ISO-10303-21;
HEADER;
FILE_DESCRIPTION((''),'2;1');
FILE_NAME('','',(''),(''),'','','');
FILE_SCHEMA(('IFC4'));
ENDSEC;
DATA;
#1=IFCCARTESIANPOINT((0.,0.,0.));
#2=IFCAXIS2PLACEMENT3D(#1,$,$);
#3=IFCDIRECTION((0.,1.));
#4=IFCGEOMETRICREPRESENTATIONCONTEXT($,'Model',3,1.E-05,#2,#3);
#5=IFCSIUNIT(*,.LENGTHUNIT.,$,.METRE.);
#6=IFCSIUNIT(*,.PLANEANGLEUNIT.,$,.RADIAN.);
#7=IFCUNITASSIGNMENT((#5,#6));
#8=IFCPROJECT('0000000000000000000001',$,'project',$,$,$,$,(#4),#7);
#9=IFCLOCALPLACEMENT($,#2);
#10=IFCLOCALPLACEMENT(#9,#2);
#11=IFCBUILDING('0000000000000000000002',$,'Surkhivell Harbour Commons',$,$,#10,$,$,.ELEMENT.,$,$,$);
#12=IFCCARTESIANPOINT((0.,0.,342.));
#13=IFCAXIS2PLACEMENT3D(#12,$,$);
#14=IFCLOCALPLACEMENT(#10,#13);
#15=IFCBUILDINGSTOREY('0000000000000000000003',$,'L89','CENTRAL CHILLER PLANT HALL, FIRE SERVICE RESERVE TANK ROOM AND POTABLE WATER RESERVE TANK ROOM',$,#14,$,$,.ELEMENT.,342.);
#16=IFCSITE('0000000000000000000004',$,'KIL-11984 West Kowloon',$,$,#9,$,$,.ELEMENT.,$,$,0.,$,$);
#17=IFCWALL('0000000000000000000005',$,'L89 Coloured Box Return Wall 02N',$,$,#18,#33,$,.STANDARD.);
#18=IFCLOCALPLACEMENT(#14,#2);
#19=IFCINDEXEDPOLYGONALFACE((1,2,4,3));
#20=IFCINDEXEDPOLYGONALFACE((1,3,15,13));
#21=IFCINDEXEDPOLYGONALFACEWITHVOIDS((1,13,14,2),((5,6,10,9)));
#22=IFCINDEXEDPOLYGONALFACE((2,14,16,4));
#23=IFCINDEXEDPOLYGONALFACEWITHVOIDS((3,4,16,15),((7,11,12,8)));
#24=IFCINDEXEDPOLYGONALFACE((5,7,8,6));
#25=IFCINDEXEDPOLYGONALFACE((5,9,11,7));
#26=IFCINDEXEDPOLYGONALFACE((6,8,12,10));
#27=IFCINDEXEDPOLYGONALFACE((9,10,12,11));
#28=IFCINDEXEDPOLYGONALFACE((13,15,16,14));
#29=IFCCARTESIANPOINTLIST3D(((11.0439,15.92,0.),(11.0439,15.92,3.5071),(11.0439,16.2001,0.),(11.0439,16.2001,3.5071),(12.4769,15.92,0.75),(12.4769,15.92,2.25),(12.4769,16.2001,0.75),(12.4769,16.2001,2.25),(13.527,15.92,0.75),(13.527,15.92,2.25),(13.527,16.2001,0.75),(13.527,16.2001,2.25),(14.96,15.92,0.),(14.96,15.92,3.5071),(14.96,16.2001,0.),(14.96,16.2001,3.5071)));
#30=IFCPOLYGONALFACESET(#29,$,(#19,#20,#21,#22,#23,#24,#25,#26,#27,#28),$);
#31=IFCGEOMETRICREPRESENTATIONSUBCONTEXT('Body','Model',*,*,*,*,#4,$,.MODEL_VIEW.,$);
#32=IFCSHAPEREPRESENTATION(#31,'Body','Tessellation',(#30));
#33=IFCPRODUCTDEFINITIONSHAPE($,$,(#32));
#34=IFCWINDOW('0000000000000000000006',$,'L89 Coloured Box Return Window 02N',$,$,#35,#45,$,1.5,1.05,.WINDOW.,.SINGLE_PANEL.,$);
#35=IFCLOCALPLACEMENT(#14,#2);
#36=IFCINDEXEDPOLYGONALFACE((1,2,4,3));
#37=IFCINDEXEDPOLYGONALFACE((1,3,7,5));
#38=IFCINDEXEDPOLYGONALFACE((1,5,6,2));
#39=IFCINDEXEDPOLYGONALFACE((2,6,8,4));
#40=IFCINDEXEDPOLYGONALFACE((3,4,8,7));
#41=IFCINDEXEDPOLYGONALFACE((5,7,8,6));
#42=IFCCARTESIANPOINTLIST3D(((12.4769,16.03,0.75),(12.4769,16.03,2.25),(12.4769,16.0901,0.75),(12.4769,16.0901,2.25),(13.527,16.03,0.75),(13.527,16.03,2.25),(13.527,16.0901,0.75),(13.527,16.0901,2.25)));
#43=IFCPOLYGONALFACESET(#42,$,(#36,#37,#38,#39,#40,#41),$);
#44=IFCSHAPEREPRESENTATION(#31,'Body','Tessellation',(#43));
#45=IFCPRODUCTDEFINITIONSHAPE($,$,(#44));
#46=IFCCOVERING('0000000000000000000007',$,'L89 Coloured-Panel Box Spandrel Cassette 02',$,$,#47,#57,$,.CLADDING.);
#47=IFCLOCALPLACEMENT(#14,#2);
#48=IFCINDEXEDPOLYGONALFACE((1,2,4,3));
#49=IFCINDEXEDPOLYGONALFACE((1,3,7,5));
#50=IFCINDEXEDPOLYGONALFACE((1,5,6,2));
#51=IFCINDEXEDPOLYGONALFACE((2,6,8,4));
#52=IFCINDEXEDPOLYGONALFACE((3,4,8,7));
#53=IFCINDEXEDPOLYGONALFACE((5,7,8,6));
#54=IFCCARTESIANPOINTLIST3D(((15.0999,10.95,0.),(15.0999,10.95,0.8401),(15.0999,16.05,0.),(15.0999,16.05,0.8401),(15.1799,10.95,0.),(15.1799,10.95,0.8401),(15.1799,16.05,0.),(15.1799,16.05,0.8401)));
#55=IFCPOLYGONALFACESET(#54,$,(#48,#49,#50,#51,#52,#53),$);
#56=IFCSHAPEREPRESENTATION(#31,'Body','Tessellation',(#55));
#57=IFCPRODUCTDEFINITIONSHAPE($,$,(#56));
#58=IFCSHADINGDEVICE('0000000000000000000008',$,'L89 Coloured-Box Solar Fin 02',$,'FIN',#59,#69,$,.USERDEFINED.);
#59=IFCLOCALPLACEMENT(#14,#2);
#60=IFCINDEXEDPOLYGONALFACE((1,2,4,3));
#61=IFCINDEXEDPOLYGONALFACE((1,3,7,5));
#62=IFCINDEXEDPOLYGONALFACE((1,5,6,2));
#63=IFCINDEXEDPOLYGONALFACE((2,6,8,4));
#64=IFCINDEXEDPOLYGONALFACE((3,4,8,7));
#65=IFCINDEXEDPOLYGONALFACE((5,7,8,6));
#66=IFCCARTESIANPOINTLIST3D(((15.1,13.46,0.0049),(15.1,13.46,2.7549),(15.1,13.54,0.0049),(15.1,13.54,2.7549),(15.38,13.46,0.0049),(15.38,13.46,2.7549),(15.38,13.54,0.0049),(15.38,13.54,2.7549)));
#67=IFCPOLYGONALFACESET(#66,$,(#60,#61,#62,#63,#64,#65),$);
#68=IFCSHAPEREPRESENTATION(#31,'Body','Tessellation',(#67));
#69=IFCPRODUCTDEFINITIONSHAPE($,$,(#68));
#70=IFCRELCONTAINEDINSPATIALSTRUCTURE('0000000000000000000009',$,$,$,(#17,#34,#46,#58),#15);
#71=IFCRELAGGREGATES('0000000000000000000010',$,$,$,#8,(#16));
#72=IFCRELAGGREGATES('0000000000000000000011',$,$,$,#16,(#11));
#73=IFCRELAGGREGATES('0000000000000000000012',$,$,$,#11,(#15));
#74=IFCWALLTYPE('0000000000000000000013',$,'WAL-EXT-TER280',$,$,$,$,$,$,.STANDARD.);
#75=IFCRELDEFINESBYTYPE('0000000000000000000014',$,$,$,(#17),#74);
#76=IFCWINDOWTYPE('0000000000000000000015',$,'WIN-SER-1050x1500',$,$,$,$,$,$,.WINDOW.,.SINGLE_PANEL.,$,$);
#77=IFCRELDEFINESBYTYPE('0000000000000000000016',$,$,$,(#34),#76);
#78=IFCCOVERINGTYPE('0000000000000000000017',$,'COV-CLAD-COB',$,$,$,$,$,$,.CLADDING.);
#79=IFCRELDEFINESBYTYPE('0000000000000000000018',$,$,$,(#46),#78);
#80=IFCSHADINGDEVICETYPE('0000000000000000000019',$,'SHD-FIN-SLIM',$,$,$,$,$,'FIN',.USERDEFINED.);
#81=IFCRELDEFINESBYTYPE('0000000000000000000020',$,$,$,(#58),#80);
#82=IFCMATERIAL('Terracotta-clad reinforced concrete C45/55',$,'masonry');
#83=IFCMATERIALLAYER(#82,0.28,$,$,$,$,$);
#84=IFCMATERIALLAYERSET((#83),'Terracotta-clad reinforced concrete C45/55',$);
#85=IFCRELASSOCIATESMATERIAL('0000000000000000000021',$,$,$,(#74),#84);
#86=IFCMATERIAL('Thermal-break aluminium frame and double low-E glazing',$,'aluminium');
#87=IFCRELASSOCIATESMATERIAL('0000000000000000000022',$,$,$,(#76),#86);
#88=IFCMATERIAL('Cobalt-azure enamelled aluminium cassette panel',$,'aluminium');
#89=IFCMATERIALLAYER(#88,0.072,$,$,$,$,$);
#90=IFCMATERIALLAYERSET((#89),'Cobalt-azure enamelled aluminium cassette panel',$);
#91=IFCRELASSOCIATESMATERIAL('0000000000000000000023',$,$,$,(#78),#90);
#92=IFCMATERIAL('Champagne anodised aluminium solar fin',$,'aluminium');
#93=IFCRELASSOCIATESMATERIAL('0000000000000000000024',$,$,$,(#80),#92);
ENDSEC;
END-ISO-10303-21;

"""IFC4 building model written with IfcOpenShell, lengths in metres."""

from ifc_helpers import new_model, si_unit, direction, frame, frame_2d, origin, origin_2d, place, context, subcontext, project, spatial, rectangle, extrude, material, layer, layer_set, type_object, element, fill, save


model = new_model("IFC4")

# Units and contexts
model_context = context("Model", 3, precision=1e-05, world=origin(), true_north=direction((0.0, 1.0)))
body_context = subcontext(model_context, "Body", "Model", "MODEL_VIEW")
ifc_project = project(units=[si_unit("LENGTHUNIT", "METRE"), si_unit("PLANEANGLEUNIT", "RADIAN")], contexts=[model_context])

# Site, building, storey
site_placement = place(None, origin())
site = spatial("IfcSite", under=ifc_project, at=site_placement, Name="KIL-11984 West Kowloon", CompositionType="ELEMENT", RefElevation=0.0)
building_placement = place(site_placement, origin())
building = spatial("IfcBuilding", under=site, at=building_placement, Name="Surkhivell Harbour Commons", CompositionType="ELEMENT")
storey_placement = place(building_placement, frame((0.0, 0.0, 342.0)))
storey = spatial("IfcBuildingStorey", under=building, at=storey_placement, Name="L89", Description="CENTRAL CHILLER PLANT HALL, FIRE SERVICE RESERVE TANK ROOM AND POTABLE WATER RESERVE TANK ROOM", CompositionType="ELEMENT", Elevation=342.0)

# Wall, opening, window
ifc_material_1 = material(Name="Terracotta-clad reinforced concrete C45/55", Category="masonry")
ifc_layer_1 = layer(ifc_material_1, 0.28)
ifc_layer_set_1 = layer_set([ifc_layer_1], Name="Terracotta-clad reinforced concrete C45/55")
wall_type = type_object("IfcWallType", Name="WAL-EXT-TER280", PredefinedType="STANDARD", material=ifc_layer_set_1)
ifc_material_2 = material(Name="Thermal-break aluminium frame and double low-E glazing", Category="aluminium")
window_type = type_object("IfcWindowType", Name="WIN-SER-1050x1500", PartitioningType="SINGLE_PANEL", PredefinedType="WINDOW", material=ifc_material_2)
wall_1_placement = place(storey_placement, frame((11.0439, 16.0601, 0.0), z_axis=(0.0, 0.0, 1.0), x_axis=(1.0, 0.0, 0.0)))
wall_1 = element("IfcWall", 1, at=wall_1_placement, inside=storey, type_object=wall_type, Name="L89 Coloured Box Return Wall 02N", PredefinedType="STANDARD", context=body_context, shape_type="SweptSolid", body=[
    extrude(rectangle(XDim=3.916, YDim=0.28, at=frame_2d((1.958, 0.0))), origin(), (0.0, 0.0, 1.0), 3.5071),
])
opening_1_placement = place(wall_1_placement, frame((1.4331, 0.0, 0.75)))
opening_1 = element("IfcOpeningElement", 2, at=opening_1_placement, cuts=wall_1, PredefinedType="OPENING", context=body_context, shape_type="SweptSolid", body=[
    extrude(rectangle(XDim=1.05, YDim=1.5, at=frame_2d((0.5249, 0.75))), frame((0.0, 0.1499, 0.0), z_axis=(0.0, -1.0, 0.0), x_axis=(1.0, 0.0, 0.0)), (0.0, 0.0, 1.0), 0.3),
])
window_1_placement = place(opening_1_placement, origin())
window_1 = element("IfcWindow", 3, at=window_1_placement, inside=storey, type_object=window_type, Name="L89 Coloured Box Return Window 02N", OverallHeight=1.5, OverallWidth=1.05, PartitioningType="SINGLE_PANEL", PredefinedType="WINDOW", context=body_context, shape_type="SweptSolid", body=[
    extrude(rectangle(XDim=1.05, YDim=1.5, at=frame_2d((0.5249, 0.75))), frame((0.0, 0.03, 0.0), z_axis=(0.0, -1.0, 0.0), x_axis=(1.0, 0.0, 0.0)), (0.0, 0.0, 1.0), 0.0601),
])
fill(opening_1, window_1)

# Covering
ifc_material_3 = material(Name="Cobalt-azure enamelled aluminium cassette panel", Category="aluminium")
ifc_layer_2 = layer(ifc_material_3, 0.072)
ifc_layer_set_2 = layer_set([ifc_layer_2], Name="Cobalt-azure enamelled aluminium cassette panel")
covering_type = type_object("IfcCoveringType", Name="COV-CLAD-COB", PredefinedType="CLADDING", material=ifc_layer_set_2)
covering_placement = place(storey_placement, frame((15.1399, 13.5, 0.0), z_axis=(0.0, 0.0, 1.0), x_axis=(1.0, 0.0, 0.0)))
element("IfcCovering", 4, at=covering_placement, inside=storey, type_object=covering_type, Name="L89 Coloured-Panel Box Spandrel Cassette 02", PredefinedType="CLADDING", context=body_context, shape_type="SweptSolid", body=[
    extrude(rectangle(XDim=0.0801, YDim=5.1001, at=origin_2d()), origin(), (0.0, 0.0, 1.0), 0.8401),
])

# Shading device
ifc_material_4 = material(Name="Champagne anodised aluminium solar fin", Category="aluminium")
shading_device_type = type_object("IfcShadingDeviceType", Name="SHD-FIN-SLIM", ElementType="FIN", PredefinedType="USERDEFINED", material=ifc_material_4)
shading_device_placement = place(storey_placement, frame((15.24, 13.5, 0.0049), z_axis=(0.0, 0.0, 1.0), x_axis=(1.0, 0.0, 0.0)))
element("IfcShadingDevice", 5, at=shading_device_placement, inside=storey, type_object=shading_device_type, Name="L89 Coloured-Box Solar Fin 02", ObjectType="FIN", PredefinedType="USERDEFINED", context=body_context, shape_type="SweptSolid", body=[
    extrude(rectangle(XDim=0.28, YDim=0.0801, at=origin_2d()), origin(), (0.0, 0.0, 1.0), 2.75),
])

save(model, "model.ifc")
